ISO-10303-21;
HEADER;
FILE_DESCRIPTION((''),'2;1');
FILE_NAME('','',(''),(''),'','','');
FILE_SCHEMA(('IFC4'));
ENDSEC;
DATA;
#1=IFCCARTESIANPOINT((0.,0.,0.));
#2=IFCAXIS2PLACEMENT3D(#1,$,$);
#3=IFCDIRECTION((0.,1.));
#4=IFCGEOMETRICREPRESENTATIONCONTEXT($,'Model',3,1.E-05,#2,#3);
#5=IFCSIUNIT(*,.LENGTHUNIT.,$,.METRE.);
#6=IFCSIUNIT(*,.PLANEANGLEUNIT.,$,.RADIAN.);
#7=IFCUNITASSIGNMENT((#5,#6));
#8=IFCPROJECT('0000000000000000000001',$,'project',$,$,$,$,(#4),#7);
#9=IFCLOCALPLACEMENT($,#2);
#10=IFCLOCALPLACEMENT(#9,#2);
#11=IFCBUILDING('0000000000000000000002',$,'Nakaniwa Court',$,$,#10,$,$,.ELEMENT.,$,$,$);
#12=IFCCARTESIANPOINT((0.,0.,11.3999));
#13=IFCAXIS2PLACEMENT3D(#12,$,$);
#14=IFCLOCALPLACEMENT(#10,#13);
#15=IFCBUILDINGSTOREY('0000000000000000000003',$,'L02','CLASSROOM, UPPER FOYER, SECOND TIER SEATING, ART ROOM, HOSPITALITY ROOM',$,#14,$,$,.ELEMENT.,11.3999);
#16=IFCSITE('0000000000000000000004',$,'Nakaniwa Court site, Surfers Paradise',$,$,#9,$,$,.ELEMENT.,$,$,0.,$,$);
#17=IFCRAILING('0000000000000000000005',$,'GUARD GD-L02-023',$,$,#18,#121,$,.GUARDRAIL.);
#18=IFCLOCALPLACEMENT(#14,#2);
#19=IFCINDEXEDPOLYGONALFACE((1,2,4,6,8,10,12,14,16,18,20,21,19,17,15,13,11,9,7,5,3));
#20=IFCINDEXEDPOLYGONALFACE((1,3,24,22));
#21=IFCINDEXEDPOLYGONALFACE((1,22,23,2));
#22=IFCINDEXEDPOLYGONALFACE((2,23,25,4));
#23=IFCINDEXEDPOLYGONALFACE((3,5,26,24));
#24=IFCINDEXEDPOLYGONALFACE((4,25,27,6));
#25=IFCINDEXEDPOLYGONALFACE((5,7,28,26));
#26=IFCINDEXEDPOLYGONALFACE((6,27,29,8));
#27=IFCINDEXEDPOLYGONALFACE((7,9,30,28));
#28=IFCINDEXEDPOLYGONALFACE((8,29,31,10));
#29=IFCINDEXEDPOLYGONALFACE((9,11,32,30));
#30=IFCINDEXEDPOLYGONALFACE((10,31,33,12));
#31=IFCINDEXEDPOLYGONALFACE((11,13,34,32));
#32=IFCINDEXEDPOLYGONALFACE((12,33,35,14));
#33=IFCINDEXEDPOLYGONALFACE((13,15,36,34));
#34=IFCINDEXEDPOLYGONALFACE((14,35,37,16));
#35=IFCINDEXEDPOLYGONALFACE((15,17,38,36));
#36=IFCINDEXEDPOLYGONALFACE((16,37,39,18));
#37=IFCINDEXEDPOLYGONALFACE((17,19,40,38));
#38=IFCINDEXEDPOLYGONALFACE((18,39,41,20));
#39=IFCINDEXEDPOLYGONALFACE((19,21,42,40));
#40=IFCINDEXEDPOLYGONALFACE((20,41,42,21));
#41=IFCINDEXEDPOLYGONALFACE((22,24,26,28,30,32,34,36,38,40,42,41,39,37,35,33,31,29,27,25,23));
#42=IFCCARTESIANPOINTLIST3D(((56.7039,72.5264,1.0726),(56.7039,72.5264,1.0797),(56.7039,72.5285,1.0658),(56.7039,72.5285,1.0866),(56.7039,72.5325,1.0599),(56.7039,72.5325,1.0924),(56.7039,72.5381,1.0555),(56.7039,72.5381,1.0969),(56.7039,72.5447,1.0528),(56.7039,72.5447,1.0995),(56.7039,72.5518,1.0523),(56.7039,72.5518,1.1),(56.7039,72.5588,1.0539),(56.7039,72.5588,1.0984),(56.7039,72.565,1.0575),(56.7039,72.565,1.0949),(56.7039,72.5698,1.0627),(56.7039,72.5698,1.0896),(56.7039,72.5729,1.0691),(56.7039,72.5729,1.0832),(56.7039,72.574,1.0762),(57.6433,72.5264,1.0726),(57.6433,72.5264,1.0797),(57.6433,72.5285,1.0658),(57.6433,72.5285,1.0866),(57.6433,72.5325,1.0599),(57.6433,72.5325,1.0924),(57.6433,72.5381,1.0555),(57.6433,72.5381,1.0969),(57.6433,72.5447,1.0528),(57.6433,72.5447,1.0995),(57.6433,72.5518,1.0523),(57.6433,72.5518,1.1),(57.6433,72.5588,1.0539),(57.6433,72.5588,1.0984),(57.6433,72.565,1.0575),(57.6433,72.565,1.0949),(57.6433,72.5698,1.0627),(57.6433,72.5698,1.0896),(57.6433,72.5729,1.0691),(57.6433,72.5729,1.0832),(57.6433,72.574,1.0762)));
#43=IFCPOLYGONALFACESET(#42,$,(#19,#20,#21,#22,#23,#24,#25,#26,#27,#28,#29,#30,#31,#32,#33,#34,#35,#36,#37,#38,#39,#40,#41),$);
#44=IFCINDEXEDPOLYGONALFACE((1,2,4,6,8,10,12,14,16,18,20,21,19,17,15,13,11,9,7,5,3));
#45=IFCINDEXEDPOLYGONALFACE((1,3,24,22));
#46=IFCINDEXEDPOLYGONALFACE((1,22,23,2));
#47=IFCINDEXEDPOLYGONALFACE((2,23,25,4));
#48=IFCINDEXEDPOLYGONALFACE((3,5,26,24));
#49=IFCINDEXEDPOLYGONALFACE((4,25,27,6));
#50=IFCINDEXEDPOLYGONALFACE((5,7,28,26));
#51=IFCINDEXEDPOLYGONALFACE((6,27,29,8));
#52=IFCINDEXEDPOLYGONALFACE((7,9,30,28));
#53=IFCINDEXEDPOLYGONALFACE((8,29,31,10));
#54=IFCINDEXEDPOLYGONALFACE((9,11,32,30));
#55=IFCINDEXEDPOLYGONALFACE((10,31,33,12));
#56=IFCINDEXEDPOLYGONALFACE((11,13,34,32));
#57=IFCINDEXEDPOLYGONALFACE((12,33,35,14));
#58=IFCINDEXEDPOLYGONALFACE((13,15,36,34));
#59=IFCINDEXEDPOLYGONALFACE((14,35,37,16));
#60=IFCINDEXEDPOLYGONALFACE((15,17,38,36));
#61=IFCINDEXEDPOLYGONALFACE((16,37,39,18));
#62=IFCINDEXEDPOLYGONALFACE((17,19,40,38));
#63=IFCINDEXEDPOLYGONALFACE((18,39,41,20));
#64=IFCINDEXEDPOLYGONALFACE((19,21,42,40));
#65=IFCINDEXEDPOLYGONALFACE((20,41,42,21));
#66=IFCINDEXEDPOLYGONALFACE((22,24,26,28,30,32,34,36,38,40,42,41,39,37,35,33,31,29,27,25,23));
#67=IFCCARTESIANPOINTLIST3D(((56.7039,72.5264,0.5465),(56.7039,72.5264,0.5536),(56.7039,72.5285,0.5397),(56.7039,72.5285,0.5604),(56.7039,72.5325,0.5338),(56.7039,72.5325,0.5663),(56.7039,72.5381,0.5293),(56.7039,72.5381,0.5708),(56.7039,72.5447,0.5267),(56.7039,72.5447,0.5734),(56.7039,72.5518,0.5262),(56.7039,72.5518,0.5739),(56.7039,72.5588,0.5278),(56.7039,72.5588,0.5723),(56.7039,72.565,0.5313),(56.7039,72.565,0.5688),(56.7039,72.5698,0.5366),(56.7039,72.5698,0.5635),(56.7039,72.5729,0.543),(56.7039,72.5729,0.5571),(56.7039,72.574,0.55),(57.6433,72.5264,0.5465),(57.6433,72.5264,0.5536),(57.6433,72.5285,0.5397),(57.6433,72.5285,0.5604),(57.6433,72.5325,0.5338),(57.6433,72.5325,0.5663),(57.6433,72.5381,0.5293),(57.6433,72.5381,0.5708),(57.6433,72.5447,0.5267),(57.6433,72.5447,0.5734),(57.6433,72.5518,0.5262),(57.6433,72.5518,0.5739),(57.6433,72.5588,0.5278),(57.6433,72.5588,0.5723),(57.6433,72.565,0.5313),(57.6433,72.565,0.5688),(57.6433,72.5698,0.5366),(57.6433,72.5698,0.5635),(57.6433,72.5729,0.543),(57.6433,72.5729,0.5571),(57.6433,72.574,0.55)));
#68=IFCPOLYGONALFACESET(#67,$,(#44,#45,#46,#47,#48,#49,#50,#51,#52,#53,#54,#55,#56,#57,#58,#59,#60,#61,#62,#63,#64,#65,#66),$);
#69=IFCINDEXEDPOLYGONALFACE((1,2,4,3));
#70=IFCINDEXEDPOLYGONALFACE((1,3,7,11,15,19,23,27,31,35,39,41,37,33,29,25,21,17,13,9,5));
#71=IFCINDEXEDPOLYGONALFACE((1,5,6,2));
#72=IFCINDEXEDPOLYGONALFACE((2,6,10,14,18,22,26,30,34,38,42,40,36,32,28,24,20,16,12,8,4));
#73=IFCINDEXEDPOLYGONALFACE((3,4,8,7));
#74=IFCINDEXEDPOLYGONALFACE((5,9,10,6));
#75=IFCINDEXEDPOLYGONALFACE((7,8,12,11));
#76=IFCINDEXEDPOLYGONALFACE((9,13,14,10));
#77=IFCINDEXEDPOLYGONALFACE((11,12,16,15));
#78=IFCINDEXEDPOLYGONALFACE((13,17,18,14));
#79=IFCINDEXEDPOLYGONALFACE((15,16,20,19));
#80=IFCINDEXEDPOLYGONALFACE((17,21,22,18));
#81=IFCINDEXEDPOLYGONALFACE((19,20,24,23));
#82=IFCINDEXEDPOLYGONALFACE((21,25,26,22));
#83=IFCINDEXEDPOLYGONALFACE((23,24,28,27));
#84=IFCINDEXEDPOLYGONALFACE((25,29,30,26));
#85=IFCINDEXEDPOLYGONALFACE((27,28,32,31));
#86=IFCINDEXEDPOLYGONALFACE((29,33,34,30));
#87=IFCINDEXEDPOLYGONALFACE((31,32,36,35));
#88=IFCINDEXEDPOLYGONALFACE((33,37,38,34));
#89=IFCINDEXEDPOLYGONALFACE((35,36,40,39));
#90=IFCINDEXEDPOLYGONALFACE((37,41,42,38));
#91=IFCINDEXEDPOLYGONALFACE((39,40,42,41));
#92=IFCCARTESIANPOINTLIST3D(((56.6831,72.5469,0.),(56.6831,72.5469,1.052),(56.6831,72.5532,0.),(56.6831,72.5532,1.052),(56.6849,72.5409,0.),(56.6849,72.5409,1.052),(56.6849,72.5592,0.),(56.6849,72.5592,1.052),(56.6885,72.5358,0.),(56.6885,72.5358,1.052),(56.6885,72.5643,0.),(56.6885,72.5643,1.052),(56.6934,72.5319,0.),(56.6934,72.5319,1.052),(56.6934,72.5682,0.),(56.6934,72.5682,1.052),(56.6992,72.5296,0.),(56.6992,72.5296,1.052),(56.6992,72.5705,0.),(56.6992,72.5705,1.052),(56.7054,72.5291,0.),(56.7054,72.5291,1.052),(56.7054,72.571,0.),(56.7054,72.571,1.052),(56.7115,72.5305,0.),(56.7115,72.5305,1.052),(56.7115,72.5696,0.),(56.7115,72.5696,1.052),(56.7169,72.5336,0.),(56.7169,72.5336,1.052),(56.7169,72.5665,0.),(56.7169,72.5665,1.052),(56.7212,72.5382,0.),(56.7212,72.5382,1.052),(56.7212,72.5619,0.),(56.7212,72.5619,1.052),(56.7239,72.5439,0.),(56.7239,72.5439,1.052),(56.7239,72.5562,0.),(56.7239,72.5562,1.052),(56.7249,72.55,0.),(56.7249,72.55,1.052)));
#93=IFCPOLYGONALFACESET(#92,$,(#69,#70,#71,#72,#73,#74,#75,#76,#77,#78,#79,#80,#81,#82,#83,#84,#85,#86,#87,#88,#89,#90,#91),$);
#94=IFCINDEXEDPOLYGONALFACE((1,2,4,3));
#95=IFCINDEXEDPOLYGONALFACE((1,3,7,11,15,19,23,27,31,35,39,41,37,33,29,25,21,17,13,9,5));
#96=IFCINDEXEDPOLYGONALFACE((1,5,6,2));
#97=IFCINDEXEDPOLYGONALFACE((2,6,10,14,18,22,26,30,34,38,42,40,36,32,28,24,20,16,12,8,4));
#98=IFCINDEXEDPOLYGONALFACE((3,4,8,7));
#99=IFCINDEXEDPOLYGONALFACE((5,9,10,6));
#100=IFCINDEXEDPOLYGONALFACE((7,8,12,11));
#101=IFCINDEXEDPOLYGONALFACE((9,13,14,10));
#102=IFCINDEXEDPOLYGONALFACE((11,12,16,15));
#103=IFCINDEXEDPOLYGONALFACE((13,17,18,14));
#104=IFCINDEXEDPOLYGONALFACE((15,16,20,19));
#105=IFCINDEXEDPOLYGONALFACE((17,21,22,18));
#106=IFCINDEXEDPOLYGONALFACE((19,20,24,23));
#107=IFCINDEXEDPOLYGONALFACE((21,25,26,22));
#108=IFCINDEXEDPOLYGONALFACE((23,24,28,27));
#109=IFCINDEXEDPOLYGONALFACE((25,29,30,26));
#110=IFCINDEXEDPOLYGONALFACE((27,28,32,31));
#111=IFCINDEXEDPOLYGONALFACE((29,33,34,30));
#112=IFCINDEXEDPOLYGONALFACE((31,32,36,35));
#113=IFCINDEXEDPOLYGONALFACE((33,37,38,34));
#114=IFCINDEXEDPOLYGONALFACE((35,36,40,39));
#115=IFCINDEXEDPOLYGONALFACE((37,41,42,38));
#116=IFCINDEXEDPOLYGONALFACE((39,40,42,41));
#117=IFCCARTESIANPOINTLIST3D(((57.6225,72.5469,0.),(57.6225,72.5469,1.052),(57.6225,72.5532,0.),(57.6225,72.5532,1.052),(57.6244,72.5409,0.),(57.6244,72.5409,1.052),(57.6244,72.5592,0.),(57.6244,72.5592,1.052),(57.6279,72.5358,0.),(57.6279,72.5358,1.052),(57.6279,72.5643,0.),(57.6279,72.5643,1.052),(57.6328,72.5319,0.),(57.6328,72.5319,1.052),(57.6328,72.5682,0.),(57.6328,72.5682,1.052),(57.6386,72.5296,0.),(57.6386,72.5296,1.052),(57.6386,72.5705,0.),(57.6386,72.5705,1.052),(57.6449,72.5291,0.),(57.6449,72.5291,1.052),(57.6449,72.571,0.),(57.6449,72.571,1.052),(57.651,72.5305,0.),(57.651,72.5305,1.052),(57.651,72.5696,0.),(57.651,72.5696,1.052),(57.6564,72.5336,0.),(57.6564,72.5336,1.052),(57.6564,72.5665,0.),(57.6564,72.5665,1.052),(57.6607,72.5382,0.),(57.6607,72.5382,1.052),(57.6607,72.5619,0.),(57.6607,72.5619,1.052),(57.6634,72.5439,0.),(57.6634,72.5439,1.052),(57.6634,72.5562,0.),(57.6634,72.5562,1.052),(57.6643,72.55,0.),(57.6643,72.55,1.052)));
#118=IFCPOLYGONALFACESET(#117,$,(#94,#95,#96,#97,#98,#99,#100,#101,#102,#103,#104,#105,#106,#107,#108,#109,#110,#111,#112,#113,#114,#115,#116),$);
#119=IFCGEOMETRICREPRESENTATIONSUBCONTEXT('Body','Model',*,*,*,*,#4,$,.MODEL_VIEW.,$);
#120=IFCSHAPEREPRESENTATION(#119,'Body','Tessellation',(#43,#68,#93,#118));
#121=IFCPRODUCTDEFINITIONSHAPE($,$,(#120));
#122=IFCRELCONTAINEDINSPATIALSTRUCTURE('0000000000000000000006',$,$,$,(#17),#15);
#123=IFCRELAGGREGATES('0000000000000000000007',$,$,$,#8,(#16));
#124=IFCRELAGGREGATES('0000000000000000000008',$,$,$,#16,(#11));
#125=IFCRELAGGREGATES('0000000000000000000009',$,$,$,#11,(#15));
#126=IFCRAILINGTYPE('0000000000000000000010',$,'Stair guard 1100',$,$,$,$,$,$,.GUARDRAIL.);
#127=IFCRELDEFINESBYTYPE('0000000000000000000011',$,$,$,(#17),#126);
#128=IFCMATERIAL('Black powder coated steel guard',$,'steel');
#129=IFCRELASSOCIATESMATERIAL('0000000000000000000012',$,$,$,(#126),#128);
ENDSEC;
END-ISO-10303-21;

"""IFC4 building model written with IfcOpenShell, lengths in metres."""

from ifc_helpers import new_model, si_unit, direction, frame, origin, origin_2d, place, context, subcontext, project, spatial, circle, extrude, material, type_object, element, save


model = new_model("IFC4")

# Units and contexts
model_context = context("Model", 3, precision=1e-05, world=origin(), true_north=direction((0.0, 1.0)))
body_context = subcontext(model_context, "Body", "Model", "MODEL_VIEW")
ifc_project = project(units=[si_unit("LENGTHUNIT", "METRE"), si_unit("PLANEANGLEUNIT", "RADIAN")], contexts=[model_context])

# Site, building, storey
site_placement = place(None, origin())
site = spatial("IfcSite", under=ifc_project, at=site_placement, Name="Nakaniwa Court site, Surfers Paradise", CompositionType="ELEMENT", RefElevation=0.0)
building_placement = place(site_placement, origin())
building = spatial("IfcBuilding", under=site, at=building_placement, Name="Nakaniwa Court", CompositionType="ELEMENT")
storey_placement = place(building_placement, frame((0.0, 0.0, 11.3999)))
storey = spatial("IfcBuildingStorey", under=building, at=storey_placement, Name="L02", Description="CLASSROOM, UPPER FOYER, SECOND TIER SEATING, ART ROOM, HOSPITALITY ROOM", CompositionType="ELEMENT", Elevation=11.3999)

# Railing
ifc_material_1 = material(Name="Black powder coated steel guard", Category="steel")
railing_type_1 = type_object("IfcRailingType", Name="Stair guard 1100", PredefinedType="GUARDRAIL", material=ifc_material_1)
railing_1_placement = place(storey_placement, frame((56.7039, 72.55, 0.0)))
element("IfcRailing", 1, at=railing_1_placement, inside=storey, type_object=railing_type_1, Name="GUARD GD-L02-023", PredefinedType="GUARDRAIL", context=body_context, shape_type="SweptSolid", body=[
    extrude(circle(Radius=0.0239, at=origin_2d()), frame((0.0, 0.0, 1.0762), z_axis=(1.0, 0.0, 0.0), x_axis=(0.0, 1.0, 0.0)), (0.0, 0.0, 1.0), 0.9395),
    extrude(circle(Radius=0.0239, at=origin_2d()), frame((0.0, 0.0, 0.55), z_axis=(1.0, 0.0, 0.0), x_axis=(0.0, 1.0, 0.0)), (0.0, 0.0, 1.0), 0.9395),
    extrude(circle(Radius=0.021, at=origin_2d()), origin(), (0.0, 0.0, 1.0), 1.052),
    extrude(circle(Radius=0.021, at=origin_2d()), frame((0.9395, 0.0, 0.0)), (0.0, 0.0, 1.0), 1.052),
])

save(model, "model.ifc")
